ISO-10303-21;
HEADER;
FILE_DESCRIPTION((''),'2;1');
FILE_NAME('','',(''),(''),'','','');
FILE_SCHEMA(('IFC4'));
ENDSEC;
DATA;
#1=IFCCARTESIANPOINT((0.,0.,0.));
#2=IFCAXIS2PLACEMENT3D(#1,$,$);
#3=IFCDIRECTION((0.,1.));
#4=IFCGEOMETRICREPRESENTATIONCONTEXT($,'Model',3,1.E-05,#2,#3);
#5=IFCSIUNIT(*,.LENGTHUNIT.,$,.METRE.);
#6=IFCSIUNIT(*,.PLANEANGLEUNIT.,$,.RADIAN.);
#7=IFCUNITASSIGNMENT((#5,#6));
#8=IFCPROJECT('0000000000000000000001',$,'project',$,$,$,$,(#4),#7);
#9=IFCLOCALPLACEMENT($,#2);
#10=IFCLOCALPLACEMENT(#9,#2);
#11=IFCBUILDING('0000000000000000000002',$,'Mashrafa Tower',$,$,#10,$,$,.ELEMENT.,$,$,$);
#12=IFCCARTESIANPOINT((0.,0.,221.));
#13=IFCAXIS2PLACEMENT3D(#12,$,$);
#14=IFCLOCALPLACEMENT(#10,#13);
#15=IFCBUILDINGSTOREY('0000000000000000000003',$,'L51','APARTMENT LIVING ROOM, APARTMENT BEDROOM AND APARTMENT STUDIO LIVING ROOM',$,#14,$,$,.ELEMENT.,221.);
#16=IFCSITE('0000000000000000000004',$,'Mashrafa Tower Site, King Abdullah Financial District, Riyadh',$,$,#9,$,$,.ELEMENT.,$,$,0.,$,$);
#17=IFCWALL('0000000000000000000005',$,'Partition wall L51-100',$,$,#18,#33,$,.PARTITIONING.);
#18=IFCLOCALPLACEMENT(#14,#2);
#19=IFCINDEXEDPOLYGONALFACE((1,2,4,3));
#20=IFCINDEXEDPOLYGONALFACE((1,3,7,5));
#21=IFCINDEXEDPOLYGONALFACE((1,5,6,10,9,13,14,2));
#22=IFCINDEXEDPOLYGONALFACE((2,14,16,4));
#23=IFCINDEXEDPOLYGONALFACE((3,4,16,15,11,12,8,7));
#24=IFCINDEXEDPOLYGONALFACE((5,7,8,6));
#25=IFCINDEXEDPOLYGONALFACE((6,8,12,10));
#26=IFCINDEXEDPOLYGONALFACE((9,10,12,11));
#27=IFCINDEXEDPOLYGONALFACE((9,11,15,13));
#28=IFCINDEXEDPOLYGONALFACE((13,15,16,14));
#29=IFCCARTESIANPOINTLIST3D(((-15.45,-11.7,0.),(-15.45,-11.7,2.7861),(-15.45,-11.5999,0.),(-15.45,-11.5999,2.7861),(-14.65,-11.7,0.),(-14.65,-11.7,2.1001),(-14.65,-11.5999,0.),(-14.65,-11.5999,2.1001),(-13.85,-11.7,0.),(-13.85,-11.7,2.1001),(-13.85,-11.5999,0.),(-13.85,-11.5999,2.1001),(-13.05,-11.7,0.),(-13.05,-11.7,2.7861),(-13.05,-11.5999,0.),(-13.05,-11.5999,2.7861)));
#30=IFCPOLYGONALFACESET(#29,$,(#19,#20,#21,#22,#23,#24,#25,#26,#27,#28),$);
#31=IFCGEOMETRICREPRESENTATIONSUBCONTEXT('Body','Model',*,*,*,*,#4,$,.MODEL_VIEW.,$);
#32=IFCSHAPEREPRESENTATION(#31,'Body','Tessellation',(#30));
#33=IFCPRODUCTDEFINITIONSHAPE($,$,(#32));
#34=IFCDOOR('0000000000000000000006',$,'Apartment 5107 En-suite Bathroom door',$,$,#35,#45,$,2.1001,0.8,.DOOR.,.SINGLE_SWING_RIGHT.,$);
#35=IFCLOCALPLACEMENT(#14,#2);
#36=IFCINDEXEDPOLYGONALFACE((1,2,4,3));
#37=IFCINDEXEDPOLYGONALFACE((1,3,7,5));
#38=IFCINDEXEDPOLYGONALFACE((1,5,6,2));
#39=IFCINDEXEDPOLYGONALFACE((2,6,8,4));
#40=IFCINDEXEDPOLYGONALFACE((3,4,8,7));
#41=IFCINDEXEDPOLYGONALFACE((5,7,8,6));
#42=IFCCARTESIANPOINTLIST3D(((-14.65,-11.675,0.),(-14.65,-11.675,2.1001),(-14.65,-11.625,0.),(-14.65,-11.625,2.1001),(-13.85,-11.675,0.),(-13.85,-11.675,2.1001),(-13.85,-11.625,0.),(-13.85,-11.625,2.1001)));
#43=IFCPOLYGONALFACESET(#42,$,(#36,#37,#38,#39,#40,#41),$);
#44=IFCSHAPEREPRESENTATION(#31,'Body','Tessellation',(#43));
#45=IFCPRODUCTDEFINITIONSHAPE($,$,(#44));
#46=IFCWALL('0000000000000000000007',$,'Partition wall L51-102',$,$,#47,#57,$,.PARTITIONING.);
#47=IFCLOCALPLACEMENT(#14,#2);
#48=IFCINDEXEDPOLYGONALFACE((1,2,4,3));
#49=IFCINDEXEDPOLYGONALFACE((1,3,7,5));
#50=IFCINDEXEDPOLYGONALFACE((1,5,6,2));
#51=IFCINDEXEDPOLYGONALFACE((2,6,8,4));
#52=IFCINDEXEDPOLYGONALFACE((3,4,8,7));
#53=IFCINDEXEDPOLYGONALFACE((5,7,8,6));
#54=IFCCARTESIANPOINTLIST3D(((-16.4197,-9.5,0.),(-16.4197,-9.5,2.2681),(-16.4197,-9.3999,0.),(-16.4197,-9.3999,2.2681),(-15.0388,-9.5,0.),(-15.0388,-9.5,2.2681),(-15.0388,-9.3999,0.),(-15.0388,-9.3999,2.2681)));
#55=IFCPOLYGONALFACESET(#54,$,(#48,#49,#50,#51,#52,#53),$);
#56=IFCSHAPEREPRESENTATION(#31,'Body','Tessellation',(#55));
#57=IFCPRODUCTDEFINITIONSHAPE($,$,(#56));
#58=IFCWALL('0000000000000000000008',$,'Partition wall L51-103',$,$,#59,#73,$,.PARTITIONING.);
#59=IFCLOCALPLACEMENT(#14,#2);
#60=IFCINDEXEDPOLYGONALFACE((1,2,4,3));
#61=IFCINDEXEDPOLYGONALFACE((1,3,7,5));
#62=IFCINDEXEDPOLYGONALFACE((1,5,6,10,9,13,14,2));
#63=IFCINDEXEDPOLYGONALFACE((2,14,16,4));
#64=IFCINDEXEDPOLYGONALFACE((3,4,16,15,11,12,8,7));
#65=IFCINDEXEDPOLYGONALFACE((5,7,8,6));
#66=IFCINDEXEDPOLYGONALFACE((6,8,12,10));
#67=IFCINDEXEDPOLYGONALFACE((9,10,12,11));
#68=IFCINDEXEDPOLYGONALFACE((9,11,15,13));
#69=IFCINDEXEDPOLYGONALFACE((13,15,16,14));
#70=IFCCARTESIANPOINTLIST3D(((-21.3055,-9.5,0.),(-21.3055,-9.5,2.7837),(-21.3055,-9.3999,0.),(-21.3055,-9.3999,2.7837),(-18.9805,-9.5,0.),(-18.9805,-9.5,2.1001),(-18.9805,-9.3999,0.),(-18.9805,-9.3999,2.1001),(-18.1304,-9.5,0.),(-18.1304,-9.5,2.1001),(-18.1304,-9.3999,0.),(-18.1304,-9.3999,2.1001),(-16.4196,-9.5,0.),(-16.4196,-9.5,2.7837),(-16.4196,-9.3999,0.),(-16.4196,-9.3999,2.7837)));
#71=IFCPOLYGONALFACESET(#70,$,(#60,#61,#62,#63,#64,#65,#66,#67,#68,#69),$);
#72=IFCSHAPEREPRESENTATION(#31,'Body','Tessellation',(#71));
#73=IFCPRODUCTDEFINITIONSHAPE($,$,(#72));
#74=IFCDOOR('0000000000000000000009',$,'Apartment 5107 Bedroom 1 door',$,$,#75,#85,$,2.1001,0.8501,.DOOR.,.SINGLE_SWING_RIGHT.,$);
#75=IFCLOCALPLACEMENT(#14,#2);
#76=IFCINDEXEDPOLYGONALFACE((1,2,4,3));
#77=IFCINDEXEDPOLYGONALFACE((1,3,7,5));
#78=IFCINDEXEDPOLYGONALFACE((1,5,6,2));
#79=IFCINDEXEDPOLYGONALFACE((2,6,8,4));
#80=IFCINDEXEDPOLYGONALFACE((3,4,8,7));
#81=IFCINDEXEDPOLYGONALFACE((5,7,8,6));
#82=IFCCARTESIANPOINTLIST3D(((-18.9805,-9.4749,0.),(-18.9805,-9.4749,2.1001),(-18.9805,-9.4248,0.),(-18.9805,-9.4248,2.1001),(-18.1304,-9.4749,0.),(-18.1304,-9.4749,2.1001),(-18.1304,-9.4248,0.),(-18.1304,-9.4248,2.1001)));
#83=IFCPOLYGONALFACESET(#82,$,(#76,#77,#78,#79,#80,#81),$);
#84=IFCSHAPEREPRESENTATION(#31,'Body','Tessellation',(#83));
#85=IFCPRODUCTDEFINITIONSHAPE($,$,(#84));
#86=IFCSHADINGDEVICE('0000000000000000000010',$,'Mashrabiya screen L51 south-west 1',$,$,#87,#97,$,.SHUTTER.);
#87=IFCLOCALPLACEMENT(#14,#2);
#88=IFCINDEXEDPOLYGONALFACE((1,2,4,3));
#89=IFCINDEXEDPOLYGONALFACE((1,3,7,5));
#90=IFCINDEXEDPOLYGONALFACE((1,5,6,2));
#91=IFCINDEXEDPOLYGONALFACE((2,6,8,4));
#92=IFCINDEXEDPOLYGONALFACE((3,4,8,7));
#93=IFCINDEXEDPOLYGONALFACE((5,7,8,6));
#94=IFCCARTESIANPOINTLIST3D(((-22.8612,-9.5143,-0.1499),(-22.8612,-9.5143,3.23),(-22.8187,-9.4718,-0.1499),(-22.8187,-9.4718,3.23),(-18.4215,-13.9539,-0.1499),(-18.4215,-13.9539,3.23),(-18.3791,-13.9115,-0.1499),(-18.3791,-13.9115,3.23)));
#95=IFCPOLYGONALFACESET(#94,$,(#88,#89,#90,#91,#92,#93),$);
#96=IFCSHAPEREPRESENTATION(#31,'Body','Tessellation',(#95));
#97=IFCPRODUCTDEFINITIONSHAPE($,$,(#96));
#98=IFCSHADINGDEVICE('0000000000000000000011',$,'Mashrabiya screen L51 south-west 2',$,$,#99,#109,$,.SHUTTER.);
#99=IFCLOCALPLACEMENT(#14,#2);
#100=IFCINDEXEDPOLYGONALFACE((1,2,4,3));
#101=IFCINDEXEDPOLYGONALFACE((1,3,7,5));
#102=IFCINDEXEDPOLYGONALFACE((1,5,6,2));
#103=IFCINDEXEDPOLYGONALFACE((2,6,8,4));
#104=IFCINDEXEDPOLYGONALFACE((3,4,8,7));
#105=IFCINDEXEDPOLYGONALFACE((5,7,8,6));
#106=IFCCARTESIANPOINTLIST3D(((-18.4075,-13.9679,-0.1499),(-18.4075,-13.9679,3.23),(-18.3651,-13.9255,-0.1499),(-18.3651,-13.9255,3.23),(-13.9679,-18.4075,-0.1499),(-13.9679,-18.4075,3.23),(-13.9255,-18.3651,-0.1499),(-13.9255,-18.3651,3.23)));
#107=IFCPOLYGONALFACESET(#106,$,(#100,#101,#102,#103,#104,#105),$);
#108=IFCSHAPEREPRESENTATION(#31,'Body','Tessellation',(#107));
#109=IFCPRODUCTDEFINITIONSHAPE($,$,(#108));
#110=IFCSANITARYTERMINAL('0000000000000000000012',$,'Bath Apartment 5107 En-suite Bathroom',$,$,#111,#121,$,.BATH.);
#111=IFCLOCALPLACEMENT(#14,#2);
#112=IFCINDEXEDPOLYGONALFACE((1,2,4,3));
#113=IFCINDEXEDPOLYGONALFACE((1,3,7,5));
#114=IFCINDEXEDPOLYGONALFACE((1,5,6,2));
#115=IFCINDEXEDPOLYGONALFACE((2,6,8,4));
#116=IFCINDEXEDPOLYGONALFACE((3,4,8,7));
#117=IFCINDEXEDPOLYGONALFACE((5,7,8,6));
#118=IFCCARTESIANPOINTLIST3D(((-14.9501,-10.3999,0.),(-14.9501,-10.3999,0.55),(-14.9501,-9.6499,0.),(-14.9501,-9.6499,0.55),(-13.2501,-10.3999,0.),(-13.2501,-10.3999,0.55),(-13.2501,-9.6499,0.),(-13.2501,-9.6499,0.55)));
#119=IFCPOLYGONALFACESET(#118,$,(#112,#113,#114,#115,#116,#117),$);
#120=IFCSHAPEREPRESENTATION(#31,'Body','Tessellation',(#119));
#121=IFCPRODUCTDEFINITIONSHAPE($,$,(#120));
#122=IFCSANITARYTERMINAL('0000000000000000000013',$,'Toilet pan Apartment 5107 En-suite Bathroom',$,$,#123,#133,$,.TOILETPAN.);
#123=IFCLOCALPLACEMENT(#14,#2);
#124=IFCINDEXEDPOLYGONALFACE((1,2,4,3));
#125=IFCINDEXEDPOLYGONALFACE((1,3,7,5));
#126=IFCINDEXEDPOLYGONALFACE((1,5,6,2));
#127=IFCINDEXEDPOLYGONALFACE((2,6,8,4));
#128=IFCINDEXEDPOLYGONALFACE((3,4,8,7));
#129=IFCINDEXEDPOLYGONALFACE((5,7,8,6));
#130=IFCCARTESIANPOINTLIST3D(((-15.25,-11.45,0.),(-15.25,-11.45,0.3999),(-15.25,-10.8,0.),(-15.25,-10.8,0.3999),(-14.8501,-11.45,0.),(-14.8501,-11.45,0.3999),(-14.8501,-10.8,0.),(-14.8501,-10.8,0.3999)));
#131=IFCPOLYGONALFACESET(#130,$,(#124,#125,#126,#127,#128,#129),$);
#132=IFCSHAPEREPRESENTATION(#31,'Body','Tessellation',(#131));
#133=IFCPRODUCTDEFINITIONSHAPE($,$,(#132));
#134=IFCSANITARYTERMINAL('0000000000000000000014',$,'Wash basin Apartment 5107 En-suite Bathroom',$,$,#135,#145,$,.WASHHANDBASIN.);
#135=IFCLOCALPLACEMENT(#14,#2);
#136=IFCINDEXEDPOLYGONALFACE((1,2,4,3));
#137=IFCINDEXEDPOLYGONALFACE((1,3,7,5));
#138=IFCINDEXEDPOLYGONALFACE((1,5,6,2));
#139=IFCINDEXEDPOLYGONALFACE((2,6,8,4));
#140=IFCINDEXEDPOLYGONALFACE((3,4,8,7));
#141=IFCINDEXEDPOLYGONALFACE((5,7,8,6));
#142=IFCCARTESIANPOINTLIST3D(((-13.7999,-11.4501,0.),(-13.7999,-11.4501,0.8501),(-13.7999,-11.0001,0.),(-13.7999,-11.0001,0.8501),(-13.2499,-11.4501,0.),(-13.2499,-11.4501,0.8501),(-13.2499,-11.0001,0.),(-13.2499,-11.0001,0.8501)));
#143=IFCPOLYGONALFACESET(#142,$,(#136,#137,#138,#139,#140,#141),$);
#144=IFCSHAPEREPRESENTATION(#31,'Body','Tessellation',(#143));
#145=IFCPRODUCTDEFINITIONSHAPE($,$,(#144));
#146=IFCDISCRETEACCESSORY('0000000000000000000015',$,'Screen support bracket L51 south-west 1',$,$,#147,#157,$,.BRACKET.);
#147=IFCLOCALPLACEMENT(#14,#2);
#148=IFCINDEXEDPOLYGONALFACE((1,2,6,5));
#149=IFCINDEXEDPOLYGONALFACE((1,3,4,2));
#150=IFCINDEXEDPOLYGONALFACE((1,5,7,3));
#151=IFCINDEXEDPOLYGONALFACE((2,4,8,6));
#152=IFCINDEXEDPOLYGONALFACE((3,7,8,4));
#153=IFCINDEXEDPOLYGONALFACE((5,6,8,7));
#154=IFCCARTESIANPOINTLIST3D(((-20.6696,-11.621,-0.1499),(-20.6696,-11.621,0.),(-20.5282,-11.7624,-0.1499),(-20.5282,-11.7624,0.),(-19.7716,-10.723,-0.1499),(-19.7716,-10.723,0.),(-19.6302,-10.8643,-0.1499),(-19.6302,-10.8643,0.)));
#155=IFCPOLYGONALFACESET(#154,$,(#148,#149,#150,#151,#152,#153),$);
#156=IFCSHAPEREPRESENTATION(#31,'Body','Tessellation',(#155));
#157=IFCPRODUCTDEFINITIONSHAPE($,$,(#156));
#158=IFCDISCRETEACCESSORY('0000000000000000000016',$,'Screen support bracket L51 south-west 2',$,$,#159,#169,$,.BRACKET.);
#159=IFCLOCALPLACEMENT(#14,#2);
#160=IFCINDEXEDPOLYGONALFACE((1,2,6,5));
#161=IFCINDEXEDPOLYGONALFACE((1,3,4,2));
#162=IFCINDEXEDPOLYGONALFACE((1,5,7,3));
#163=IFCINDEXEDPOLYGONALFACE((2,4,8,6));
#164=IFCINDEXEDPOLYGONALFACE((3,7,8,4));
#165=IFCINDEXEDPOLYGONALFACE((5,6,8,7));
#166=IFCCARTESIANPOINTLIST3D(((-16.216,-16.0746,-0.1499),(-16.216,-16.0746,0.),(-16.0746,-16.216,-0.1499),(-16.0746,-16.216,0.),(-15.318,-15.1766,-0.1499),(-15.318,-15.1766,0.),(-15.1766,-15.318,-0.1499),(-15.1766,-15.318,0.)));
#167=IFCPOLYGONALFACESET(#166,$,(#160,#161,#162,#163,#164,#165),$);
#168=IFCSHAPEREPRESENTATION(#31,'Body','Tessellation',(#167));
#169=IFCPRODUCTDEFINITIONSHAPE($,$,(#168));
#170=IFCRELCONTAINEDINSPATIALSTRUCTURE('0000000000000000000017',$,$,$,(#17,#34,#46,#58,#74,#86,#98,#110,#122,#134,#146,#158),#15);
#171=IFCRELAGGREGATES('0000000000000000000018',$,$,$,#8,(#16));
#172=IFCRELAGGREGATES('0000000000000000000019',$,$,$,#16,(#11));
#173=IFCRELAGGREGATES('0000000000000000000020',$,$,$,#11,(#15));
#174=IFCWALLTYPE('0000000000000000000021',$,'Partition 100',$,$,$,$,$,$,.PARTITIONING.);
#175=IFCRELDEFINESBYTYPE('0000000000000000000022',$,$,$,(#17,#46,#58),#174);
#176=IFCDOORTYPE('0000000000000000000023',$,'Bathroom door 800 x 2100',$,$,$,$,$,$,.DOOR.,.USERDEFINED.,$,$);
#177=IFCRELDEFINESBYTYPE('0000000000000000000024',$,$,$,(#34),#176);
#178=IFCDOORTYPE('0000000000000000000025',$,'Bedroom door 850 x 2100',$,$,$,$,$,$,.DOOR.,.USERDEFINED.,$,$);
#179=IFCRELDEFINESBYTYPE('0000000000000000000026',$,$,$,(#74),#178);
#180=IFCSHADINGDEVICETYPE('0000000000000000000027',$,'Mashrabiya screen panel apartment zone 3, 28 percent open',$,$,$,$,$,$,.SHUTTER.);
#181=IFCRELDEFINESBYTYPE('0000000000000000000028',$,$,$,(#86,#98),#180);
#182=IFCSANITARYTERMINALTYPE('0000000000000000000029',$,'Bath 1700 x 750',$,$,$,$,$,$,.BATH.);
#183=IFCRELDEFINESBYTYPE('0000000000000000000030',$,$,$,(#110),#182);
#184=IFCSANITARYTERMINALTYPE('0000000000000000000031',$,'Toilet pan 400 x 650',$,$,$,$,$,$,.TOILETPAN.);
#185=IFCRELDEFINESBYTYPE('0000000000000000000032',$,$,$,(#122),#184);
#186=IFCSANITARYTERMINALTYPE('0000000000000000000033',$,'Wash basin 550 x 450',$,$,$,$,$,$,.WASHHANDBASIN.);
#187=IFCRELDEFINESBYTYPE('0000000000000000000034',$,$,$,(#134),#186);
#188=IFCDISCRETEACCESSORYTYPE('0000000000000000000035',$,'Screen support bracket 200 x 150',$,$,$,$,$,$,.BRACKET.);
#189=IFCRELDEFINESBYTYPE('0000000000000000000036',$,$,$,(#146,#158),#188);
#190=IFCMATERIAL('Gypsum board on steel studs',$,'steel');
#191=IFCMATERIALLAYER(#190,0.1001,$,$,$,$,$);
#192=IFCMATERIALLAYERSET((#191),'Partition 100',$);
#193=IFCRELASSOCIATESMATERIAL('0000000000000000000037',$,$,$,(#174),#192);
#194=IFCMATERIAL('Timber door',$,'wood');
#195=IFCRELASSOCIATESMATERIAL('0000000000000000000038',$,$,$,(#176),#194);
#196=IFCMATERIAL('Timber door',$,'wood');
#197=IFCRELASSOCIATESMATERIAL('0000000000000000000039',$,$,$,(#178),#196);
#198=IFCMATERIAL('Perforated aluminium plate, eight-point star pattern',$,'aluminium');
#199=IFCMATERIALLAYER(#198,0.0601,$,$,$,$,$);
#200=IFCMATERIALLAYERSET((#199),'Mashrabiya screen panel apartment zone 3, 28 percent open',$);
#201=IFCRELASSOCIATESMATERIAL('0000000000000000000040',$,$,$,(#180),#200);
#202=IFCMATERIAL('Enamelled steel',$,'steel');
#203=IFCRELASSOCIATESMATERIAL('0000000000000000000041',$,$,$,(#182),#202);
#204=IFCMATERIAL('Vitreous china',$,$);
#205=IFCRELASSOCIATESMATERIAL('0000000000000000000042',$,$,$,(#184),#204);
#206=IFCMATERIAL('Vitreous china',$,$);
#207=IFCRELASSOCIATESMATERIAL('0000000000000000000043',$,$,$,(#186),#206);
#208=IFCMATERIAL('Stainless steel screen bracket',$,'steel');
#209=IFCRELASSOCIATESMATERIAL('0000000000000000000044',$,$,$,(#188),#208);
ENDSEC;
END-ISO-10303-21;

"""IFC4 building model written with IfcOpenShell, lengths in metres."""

from ifc_helpers import new_model, si_unit, direction, frame, frame_2d, origin, origin_2d, place, context, subcontext, project, spatial, rectangle, extrude, source, transform, mapped, material, layer, layer_set, type_object, type_shapes, element, fill, save


model = new_model("IFC4")

# Units and contexts
model_context = context("Model", 3, precision=1e-05, world=origin(), true_north=direction((0.0, 1.0)))
body_context = subcontext(model_context, "Body", "Model", "MODEL_VIEW")
ifc_project = project(units=[si_unit("LENGTHUNIT", "METRE"), si_unit("PLANEANGLEUNIT", "RADIAN")], contexts=[model_context])

# Site, building, storey
site_placement = place(None, origin())
site = spatial("IfcSite", under=ifc_project, at=site_placement, Name="Mashrafa Tower Site, King Abdullah Financial District, Riyadh", CompositionType="ELEMENT", RefElevation=0.0)
building_placement = place(site_placement, origin())
building = spatial("IfcBuilding", under=site, at=building_placement, Name="Mashrafa Tower", CompositionType="ELEMENT")
storey_placement = place(building_placement, frame((0.0, 0.0, 221.0)))
storey = spatial("IfcBuildingStorey", under=building, at=storey_placement, Name="L51", Description="APARTMENT LIVING ROOM, APARTMENT BEDROOM AND APARTMENT STUDIO LIVING ROOM", CompositionType="ELEMENT", Elevation=221.0)

# Shared definitions
ifc_material_1 = material(Name="Gypsum board on steel studs", Category="steel")
ifc_layer_1 = layer(ifc_material_1, 0.1001)
ifc_layer_set_1 = layer_set([ifc_layer_1], Name="Partition 100")
wall_type_1 = type_object("IfcWallType", Name="Partition 100", PredefinedType="PARTITIONING", material=ifc_layer_set_1)

# Wall, opening, door
wall_1_placement = place(storey_placement, frame((-15.45, -11.6499, 0.0), z_axis=(0.0, 0.0, 1.0), x_axis=(1.0, 0.0, 0.0)))
wall_1 = element("IfcWall", 1, at=wall_1_placement, inside=storey, type_object=wall_type_1, Name="Partition wall L51-100", PredefinedType="PARTITIONING", context=body_context, shape_type="SweptSolid", body=[
    extrude(rectangle(XDim=2.3999, YDim=0.1001, at=frame_2d((1.2, 0.0))), origin(), (0.0, 0.0, 1.0), 2.7861),
])
opening_1_placement = place(wall_1_placement, frame((0.8, 0.0, 0.0)))
opening_1 = element("IfcOpeningElement", 2, at=opening_1_placement, cuts=wall_1, PredefinedType="OPENING", context=body_context, shape_type="SweptSolid", body=[
    extrude(rectangle(XDim=0.8, YDim=2.1001, at=frame_2d((0.3999, 1.05))), frame((0.0, 0.0601, 0.0), z_axis=(0.0, -1.0, 0.0), x_axis=(1.0, 0.0, 0.0)), (0.0, 0.0, 1.0), 0.1201),
])
ifc_material_2 = material(Name="Timber door", Category="wood")
door_type_1 = type_object("IfcDoorType", Name="Bathroom door 800 x 2100", OperationType="USERDEFINED", PredefinedType="DOOR", material=ifc_material_2)
door_1_placement = place(opening_1_placement, origin())
door_1 = element("IfcDoor", 3, at=door_1_placement, inside=storey, type_object=door_type_1, Name="Apartment 5107 En-suite Bathroom door", OperationType="SINGLE_SWING_RIGHT", OverallHeight=2.1001, OverallWidth=0.8, PredefinedType="DOOR", context=body_context, shape_type="SweptSolid", body=[
    extrude(rectangle(XDim=0.8, YDim=2.1001, at=frame_2d((0.3999, 1.05))), frame((0.0, 0.0249, 0.0), z_axis=(0.0, -1.0, 0.0), x_axis=(1.0, 0.0, 0.0)), (0.0, 0.0, 1.0), 0.05),
])
fill(opening_1, door_1)

# Wall
wall_2_placement = place(storey_placement, frame((-15.0388, -9.45, 0.0), z_axis=(0.0, 0.0, 1.0), x_axis=(-1.0, 0.0, 0.0)))
element("IfcWall", 4, at=wall_2_placement, inside=storey, type_object=wall_type_1, Name="Partition wall L51-102", PredefinedType="PARTITIONING", context=body_context, shape_type="SweptSolid", body=[
    extrude(rectangle(XDim=1.3809, YDim=0.1001, at=frame_2d((0.6904, 0.0))), origin(), (0.0, 0.0, 1.0), 2.2681),
])

# Wall, opening, door
wall_3_placement = place(storey_placement, frame((-16.4197, -9.45, 0.0), z_axis=(0.0, 0.0, 1.0), x_axis=(-1.0, 0.0, 0.0)))
wall_3 = element("IfcWall", 5, at=wall_3_placement, inside=storey, type_object=wall_type_1, Name="Partition wall L51-103", PredefinedType="PARTITIONING", context=body_context, shape_type="SweptSolid", body=[
    extrude(rectangle(XDim=4.886, YDim=0.1001, at=frame_2d((2.4429, 0.0))), origin(), (0.0, 0.0, 1.0), 2.7837),
])
opening_2_placement = place(wall_3_placement, frame((1.7107, 0.0, 0.0)))
opening_2 = element("IfcOpeningElement", 6, at=opening_2_placement, cuts=wall_3, PredefinedType="OPENING", context=body_context, shape_type="SweptSolid", body=[
    extrude(rectangle(XDim=0.8501, YDim=2.1001, at=frame_2d((0.425, 1.05))), frame((0.0, 0.0601, 0.0), z_axis=(0.0, -1.0, 0.0), x_axis=(1.0, 0.0, 0.0)), (0.0, 0.0, 1.0), 0.1201),
])
ifc_material_3 = material(Name="Timber door", Category="wood")
door_type_2 = type_object("IfcDoorType", Name="Bedroom door 850 x 2100", OperationType="USERDEFINED", PredefinedType="DOOR", material=ifc_material_3)
door_2_placement = place(opening_2_placement, origin())
door_2 = element("IfcDoor", 7, at=door_2_placement, inside=storey, type_object=door_type_2, Name="Apartment 5107 Bedroom 1 door", OperationType="SINGLE_SWING_RIGHT", OverallHeight=2.1001, OverallWidth=0.8501, PredefinedType="DOOR", context=body_context, shape_type="SweptSolid", body=[
    extrude(rectangle(XDim=0.8501, YDim=2.1001, at=frame_2d((0.425, 1.05))), frame((0.0, 0.0249, 0.0), z_axis=(0.0, -1.0, 0.0), x_axis=(1.0, 0.0, 0.0)), (0.0, 0.0, 1.0), 0.05),
])
fill(opening_2, door_2)

# Shading devices
ifc_material_4 = material(Name="Perforated aluminium plate, eight-point star pattern", Category="aluminium")
ifc_layer_2 = layer(ifc_material_4, 0.0601)
ifc_layer_set_2 = layer_set([ifc_layer_2], Name="Mashrabiya screen panel apartment zone 3, 28 percent open")
shading_device_type = type_object("IfcShadingDeviceType", Name="Mashrabiya screen panel apartment zone 3, 28 percent open", PredefinedType="SHUTTER", material=ifc_layer_set_2)
shared_shape_1 = source(origin(), body_context, "Body", "SweptSolid", [
    extrude(rectangle(XDim=6.2786, YDim=0.0601, at=origin_2d()), origin(), (0.0, 0.0, 1.0), 3.3799),
])
type_shapes(shading_device_type, [shared_shape_1])
for number, where, z_axis, x_axis, name in (
    (8, (-20.6201, -11.7129, -0.1499), (0.0, 0.0, 1.0), (0.707107, -0.707107, 0.0), "Mashrabiya screen L51 south-west 1"),
    (9, (-16.1665, -16.1665, -0.1499), (0.0, 0.0, 1.0), (0.707107, -0.707107, 0.0), "Mashrabiya screen L51 south-west 2"),
):
    element("IfcShadingDevice", number, at=place(storey_placement, frame(where, z_axis=z_axis, x_axis=x_axis)), inside=storey, type_object=shading_device_type, Name=name, PredefinedType="SHUTTER", context=body_context, shape_type="MappedRepresentation", body=[
        mapped(shared_shape_1, transform((0.0, 0.0, 0.0))),
    ])

# Sanitary terminals
ifc_material_5 = material(Name="Enamelled steel", Category="steel")
sanitary_terminal_type_1 = type_object("IfcSanitaryTerminalType", Name="Bath 1700 x 750", PredefinedType="BATH", material=ifc_material_5)
sanitary_terminal_1_placement = place(storey_placement, frame((-14.1001, -10.0249, 0.0), z_axis=(0.0, 0.0, 1.0), x_axis=(-1.0, 0.0, 0.0)))
element("IfcSanitaryTerminal", 10, at=sanitary_terminal_1_placement, inside=storey, type_object=sanitary_terminal_type_1, Name="Bath Apartment 5107 En-suite Bathroom", PredefinedType="BATH", context=body_context, shape_type="SweptSolid", body=[
    extrude(rectangle(XDim=1.7, YDim=0.75, at=origin_2d()), origin(), (0.0, 0.0, 1.0), 0.55),
])
ifc_material_6 = material(Name="Vitreous china")
sanitary_terminal_type_2 = type_object("IfcSanitaryTerminalType", Name="Toilet pan 400 x 650", PredefinedType="TOILETPAN", material=ifc_material_6)
sanitary_terminal_2_placement = place(storey_placement, frame((-15.05, -11.125, 0.0), z_axis=(0.0, 0.0, 1.0), x_axis=(1.0, 0.0, 0.0)))
element("IfcSanitaryTerminal", 11, at=sanitary_terminal_2_placement, inside=storey, type_object=sanitary_terminal_type_2, Name="Toilet pan Apartment 5107 En-suite Bathroom", PredefinedType="TOILETPAN", context=body_context, shape_type="SweptSolid", body=[
    extrude(rectangle(XDim=0.3999, YDim=0.6499, at=origin_2d()), origin(), (0.0, 0.0, 1.0), 0.3999),
])
ifc_material_7 = material(Name="Vitreous china")
sanitary_terminal_type_3 = type_object("IfcSanitaryTerminalType", Name="Wash basin 550 x 450", PredefinedType="WASHHANDBASIN", material=ifc_material_7)
sanitary_terminal_3_placement = place(storey_placement, frame((-13.5249, -11.2251, 0.0), z_axis=(0.0, 0.0, 1.0), x_axis=(1.0, 0.0, 0.0)))
element("IfcSanitaryTerminal", 12, at=sanitary_terminal_3_placement, inside=storey, type_object=sanitary_terminal_type_3, Name="Wash basin Apartment 5107 En-suite Bathroom", PredefinedType="WASHHANDBASIN", context=body_context, shape_type="SweptSolid", body=[
    extrude(rectangle(XDim=0.55, YDim=0.45, at=origin_2d()), origin(), (0.0, 0.0, 1.0), 0.8501),
])

# Discrete accessories
ifc_material_8 = material(Name="Stainless steel screen bracket", Category="steel")
discrete_accessory_type = type_object("IfcDiscreteAccessoryType", Name="Screen support bracket 200 x 150", PredefinedType="BRACKET", material=ifc_material_8)
shared_shape_2 = source(origin(), body_context, "Body", "SweptSolid", [
    extrude(rectangle(XDim=0.2, YDim=1.27, at=origin_2d()), origin(), (0.0, 0.0, 1.0), 0.1499),
])
type_shapes(discrete_accessory_type, [shared_shape_2])
for number, where, z_axis, x_axis, name in (
    (13, (-20.1499, -11.2427, -0.1499), (0.0, 0.0, 1.0), (0.707107, -0.707107, 0.0), "Screen support bracket L51 south-west 1"),
    (14, (-15.6963, -15.6963, -0.1499), (0.0, 0.0, 1.0), (0.707107, -0.707107, 0.0), "Screen support bracket L51 south-west 2"),
):
    element("IfcDiscreteAccessory", number, at=place(storey_placement, frame(where, z_axis=z_axis, x_axis=x_axis)), inside=storey, type_object=discrete_accessory_type, Name=name, PredefinedType="BRACKET", context=body_context, shape_type="MappedRepresentation", body=[
        mapped(shared_shape_2, transform((0.0, 0.0, 0.0))),
    ])

save(model, "model.ifc")
